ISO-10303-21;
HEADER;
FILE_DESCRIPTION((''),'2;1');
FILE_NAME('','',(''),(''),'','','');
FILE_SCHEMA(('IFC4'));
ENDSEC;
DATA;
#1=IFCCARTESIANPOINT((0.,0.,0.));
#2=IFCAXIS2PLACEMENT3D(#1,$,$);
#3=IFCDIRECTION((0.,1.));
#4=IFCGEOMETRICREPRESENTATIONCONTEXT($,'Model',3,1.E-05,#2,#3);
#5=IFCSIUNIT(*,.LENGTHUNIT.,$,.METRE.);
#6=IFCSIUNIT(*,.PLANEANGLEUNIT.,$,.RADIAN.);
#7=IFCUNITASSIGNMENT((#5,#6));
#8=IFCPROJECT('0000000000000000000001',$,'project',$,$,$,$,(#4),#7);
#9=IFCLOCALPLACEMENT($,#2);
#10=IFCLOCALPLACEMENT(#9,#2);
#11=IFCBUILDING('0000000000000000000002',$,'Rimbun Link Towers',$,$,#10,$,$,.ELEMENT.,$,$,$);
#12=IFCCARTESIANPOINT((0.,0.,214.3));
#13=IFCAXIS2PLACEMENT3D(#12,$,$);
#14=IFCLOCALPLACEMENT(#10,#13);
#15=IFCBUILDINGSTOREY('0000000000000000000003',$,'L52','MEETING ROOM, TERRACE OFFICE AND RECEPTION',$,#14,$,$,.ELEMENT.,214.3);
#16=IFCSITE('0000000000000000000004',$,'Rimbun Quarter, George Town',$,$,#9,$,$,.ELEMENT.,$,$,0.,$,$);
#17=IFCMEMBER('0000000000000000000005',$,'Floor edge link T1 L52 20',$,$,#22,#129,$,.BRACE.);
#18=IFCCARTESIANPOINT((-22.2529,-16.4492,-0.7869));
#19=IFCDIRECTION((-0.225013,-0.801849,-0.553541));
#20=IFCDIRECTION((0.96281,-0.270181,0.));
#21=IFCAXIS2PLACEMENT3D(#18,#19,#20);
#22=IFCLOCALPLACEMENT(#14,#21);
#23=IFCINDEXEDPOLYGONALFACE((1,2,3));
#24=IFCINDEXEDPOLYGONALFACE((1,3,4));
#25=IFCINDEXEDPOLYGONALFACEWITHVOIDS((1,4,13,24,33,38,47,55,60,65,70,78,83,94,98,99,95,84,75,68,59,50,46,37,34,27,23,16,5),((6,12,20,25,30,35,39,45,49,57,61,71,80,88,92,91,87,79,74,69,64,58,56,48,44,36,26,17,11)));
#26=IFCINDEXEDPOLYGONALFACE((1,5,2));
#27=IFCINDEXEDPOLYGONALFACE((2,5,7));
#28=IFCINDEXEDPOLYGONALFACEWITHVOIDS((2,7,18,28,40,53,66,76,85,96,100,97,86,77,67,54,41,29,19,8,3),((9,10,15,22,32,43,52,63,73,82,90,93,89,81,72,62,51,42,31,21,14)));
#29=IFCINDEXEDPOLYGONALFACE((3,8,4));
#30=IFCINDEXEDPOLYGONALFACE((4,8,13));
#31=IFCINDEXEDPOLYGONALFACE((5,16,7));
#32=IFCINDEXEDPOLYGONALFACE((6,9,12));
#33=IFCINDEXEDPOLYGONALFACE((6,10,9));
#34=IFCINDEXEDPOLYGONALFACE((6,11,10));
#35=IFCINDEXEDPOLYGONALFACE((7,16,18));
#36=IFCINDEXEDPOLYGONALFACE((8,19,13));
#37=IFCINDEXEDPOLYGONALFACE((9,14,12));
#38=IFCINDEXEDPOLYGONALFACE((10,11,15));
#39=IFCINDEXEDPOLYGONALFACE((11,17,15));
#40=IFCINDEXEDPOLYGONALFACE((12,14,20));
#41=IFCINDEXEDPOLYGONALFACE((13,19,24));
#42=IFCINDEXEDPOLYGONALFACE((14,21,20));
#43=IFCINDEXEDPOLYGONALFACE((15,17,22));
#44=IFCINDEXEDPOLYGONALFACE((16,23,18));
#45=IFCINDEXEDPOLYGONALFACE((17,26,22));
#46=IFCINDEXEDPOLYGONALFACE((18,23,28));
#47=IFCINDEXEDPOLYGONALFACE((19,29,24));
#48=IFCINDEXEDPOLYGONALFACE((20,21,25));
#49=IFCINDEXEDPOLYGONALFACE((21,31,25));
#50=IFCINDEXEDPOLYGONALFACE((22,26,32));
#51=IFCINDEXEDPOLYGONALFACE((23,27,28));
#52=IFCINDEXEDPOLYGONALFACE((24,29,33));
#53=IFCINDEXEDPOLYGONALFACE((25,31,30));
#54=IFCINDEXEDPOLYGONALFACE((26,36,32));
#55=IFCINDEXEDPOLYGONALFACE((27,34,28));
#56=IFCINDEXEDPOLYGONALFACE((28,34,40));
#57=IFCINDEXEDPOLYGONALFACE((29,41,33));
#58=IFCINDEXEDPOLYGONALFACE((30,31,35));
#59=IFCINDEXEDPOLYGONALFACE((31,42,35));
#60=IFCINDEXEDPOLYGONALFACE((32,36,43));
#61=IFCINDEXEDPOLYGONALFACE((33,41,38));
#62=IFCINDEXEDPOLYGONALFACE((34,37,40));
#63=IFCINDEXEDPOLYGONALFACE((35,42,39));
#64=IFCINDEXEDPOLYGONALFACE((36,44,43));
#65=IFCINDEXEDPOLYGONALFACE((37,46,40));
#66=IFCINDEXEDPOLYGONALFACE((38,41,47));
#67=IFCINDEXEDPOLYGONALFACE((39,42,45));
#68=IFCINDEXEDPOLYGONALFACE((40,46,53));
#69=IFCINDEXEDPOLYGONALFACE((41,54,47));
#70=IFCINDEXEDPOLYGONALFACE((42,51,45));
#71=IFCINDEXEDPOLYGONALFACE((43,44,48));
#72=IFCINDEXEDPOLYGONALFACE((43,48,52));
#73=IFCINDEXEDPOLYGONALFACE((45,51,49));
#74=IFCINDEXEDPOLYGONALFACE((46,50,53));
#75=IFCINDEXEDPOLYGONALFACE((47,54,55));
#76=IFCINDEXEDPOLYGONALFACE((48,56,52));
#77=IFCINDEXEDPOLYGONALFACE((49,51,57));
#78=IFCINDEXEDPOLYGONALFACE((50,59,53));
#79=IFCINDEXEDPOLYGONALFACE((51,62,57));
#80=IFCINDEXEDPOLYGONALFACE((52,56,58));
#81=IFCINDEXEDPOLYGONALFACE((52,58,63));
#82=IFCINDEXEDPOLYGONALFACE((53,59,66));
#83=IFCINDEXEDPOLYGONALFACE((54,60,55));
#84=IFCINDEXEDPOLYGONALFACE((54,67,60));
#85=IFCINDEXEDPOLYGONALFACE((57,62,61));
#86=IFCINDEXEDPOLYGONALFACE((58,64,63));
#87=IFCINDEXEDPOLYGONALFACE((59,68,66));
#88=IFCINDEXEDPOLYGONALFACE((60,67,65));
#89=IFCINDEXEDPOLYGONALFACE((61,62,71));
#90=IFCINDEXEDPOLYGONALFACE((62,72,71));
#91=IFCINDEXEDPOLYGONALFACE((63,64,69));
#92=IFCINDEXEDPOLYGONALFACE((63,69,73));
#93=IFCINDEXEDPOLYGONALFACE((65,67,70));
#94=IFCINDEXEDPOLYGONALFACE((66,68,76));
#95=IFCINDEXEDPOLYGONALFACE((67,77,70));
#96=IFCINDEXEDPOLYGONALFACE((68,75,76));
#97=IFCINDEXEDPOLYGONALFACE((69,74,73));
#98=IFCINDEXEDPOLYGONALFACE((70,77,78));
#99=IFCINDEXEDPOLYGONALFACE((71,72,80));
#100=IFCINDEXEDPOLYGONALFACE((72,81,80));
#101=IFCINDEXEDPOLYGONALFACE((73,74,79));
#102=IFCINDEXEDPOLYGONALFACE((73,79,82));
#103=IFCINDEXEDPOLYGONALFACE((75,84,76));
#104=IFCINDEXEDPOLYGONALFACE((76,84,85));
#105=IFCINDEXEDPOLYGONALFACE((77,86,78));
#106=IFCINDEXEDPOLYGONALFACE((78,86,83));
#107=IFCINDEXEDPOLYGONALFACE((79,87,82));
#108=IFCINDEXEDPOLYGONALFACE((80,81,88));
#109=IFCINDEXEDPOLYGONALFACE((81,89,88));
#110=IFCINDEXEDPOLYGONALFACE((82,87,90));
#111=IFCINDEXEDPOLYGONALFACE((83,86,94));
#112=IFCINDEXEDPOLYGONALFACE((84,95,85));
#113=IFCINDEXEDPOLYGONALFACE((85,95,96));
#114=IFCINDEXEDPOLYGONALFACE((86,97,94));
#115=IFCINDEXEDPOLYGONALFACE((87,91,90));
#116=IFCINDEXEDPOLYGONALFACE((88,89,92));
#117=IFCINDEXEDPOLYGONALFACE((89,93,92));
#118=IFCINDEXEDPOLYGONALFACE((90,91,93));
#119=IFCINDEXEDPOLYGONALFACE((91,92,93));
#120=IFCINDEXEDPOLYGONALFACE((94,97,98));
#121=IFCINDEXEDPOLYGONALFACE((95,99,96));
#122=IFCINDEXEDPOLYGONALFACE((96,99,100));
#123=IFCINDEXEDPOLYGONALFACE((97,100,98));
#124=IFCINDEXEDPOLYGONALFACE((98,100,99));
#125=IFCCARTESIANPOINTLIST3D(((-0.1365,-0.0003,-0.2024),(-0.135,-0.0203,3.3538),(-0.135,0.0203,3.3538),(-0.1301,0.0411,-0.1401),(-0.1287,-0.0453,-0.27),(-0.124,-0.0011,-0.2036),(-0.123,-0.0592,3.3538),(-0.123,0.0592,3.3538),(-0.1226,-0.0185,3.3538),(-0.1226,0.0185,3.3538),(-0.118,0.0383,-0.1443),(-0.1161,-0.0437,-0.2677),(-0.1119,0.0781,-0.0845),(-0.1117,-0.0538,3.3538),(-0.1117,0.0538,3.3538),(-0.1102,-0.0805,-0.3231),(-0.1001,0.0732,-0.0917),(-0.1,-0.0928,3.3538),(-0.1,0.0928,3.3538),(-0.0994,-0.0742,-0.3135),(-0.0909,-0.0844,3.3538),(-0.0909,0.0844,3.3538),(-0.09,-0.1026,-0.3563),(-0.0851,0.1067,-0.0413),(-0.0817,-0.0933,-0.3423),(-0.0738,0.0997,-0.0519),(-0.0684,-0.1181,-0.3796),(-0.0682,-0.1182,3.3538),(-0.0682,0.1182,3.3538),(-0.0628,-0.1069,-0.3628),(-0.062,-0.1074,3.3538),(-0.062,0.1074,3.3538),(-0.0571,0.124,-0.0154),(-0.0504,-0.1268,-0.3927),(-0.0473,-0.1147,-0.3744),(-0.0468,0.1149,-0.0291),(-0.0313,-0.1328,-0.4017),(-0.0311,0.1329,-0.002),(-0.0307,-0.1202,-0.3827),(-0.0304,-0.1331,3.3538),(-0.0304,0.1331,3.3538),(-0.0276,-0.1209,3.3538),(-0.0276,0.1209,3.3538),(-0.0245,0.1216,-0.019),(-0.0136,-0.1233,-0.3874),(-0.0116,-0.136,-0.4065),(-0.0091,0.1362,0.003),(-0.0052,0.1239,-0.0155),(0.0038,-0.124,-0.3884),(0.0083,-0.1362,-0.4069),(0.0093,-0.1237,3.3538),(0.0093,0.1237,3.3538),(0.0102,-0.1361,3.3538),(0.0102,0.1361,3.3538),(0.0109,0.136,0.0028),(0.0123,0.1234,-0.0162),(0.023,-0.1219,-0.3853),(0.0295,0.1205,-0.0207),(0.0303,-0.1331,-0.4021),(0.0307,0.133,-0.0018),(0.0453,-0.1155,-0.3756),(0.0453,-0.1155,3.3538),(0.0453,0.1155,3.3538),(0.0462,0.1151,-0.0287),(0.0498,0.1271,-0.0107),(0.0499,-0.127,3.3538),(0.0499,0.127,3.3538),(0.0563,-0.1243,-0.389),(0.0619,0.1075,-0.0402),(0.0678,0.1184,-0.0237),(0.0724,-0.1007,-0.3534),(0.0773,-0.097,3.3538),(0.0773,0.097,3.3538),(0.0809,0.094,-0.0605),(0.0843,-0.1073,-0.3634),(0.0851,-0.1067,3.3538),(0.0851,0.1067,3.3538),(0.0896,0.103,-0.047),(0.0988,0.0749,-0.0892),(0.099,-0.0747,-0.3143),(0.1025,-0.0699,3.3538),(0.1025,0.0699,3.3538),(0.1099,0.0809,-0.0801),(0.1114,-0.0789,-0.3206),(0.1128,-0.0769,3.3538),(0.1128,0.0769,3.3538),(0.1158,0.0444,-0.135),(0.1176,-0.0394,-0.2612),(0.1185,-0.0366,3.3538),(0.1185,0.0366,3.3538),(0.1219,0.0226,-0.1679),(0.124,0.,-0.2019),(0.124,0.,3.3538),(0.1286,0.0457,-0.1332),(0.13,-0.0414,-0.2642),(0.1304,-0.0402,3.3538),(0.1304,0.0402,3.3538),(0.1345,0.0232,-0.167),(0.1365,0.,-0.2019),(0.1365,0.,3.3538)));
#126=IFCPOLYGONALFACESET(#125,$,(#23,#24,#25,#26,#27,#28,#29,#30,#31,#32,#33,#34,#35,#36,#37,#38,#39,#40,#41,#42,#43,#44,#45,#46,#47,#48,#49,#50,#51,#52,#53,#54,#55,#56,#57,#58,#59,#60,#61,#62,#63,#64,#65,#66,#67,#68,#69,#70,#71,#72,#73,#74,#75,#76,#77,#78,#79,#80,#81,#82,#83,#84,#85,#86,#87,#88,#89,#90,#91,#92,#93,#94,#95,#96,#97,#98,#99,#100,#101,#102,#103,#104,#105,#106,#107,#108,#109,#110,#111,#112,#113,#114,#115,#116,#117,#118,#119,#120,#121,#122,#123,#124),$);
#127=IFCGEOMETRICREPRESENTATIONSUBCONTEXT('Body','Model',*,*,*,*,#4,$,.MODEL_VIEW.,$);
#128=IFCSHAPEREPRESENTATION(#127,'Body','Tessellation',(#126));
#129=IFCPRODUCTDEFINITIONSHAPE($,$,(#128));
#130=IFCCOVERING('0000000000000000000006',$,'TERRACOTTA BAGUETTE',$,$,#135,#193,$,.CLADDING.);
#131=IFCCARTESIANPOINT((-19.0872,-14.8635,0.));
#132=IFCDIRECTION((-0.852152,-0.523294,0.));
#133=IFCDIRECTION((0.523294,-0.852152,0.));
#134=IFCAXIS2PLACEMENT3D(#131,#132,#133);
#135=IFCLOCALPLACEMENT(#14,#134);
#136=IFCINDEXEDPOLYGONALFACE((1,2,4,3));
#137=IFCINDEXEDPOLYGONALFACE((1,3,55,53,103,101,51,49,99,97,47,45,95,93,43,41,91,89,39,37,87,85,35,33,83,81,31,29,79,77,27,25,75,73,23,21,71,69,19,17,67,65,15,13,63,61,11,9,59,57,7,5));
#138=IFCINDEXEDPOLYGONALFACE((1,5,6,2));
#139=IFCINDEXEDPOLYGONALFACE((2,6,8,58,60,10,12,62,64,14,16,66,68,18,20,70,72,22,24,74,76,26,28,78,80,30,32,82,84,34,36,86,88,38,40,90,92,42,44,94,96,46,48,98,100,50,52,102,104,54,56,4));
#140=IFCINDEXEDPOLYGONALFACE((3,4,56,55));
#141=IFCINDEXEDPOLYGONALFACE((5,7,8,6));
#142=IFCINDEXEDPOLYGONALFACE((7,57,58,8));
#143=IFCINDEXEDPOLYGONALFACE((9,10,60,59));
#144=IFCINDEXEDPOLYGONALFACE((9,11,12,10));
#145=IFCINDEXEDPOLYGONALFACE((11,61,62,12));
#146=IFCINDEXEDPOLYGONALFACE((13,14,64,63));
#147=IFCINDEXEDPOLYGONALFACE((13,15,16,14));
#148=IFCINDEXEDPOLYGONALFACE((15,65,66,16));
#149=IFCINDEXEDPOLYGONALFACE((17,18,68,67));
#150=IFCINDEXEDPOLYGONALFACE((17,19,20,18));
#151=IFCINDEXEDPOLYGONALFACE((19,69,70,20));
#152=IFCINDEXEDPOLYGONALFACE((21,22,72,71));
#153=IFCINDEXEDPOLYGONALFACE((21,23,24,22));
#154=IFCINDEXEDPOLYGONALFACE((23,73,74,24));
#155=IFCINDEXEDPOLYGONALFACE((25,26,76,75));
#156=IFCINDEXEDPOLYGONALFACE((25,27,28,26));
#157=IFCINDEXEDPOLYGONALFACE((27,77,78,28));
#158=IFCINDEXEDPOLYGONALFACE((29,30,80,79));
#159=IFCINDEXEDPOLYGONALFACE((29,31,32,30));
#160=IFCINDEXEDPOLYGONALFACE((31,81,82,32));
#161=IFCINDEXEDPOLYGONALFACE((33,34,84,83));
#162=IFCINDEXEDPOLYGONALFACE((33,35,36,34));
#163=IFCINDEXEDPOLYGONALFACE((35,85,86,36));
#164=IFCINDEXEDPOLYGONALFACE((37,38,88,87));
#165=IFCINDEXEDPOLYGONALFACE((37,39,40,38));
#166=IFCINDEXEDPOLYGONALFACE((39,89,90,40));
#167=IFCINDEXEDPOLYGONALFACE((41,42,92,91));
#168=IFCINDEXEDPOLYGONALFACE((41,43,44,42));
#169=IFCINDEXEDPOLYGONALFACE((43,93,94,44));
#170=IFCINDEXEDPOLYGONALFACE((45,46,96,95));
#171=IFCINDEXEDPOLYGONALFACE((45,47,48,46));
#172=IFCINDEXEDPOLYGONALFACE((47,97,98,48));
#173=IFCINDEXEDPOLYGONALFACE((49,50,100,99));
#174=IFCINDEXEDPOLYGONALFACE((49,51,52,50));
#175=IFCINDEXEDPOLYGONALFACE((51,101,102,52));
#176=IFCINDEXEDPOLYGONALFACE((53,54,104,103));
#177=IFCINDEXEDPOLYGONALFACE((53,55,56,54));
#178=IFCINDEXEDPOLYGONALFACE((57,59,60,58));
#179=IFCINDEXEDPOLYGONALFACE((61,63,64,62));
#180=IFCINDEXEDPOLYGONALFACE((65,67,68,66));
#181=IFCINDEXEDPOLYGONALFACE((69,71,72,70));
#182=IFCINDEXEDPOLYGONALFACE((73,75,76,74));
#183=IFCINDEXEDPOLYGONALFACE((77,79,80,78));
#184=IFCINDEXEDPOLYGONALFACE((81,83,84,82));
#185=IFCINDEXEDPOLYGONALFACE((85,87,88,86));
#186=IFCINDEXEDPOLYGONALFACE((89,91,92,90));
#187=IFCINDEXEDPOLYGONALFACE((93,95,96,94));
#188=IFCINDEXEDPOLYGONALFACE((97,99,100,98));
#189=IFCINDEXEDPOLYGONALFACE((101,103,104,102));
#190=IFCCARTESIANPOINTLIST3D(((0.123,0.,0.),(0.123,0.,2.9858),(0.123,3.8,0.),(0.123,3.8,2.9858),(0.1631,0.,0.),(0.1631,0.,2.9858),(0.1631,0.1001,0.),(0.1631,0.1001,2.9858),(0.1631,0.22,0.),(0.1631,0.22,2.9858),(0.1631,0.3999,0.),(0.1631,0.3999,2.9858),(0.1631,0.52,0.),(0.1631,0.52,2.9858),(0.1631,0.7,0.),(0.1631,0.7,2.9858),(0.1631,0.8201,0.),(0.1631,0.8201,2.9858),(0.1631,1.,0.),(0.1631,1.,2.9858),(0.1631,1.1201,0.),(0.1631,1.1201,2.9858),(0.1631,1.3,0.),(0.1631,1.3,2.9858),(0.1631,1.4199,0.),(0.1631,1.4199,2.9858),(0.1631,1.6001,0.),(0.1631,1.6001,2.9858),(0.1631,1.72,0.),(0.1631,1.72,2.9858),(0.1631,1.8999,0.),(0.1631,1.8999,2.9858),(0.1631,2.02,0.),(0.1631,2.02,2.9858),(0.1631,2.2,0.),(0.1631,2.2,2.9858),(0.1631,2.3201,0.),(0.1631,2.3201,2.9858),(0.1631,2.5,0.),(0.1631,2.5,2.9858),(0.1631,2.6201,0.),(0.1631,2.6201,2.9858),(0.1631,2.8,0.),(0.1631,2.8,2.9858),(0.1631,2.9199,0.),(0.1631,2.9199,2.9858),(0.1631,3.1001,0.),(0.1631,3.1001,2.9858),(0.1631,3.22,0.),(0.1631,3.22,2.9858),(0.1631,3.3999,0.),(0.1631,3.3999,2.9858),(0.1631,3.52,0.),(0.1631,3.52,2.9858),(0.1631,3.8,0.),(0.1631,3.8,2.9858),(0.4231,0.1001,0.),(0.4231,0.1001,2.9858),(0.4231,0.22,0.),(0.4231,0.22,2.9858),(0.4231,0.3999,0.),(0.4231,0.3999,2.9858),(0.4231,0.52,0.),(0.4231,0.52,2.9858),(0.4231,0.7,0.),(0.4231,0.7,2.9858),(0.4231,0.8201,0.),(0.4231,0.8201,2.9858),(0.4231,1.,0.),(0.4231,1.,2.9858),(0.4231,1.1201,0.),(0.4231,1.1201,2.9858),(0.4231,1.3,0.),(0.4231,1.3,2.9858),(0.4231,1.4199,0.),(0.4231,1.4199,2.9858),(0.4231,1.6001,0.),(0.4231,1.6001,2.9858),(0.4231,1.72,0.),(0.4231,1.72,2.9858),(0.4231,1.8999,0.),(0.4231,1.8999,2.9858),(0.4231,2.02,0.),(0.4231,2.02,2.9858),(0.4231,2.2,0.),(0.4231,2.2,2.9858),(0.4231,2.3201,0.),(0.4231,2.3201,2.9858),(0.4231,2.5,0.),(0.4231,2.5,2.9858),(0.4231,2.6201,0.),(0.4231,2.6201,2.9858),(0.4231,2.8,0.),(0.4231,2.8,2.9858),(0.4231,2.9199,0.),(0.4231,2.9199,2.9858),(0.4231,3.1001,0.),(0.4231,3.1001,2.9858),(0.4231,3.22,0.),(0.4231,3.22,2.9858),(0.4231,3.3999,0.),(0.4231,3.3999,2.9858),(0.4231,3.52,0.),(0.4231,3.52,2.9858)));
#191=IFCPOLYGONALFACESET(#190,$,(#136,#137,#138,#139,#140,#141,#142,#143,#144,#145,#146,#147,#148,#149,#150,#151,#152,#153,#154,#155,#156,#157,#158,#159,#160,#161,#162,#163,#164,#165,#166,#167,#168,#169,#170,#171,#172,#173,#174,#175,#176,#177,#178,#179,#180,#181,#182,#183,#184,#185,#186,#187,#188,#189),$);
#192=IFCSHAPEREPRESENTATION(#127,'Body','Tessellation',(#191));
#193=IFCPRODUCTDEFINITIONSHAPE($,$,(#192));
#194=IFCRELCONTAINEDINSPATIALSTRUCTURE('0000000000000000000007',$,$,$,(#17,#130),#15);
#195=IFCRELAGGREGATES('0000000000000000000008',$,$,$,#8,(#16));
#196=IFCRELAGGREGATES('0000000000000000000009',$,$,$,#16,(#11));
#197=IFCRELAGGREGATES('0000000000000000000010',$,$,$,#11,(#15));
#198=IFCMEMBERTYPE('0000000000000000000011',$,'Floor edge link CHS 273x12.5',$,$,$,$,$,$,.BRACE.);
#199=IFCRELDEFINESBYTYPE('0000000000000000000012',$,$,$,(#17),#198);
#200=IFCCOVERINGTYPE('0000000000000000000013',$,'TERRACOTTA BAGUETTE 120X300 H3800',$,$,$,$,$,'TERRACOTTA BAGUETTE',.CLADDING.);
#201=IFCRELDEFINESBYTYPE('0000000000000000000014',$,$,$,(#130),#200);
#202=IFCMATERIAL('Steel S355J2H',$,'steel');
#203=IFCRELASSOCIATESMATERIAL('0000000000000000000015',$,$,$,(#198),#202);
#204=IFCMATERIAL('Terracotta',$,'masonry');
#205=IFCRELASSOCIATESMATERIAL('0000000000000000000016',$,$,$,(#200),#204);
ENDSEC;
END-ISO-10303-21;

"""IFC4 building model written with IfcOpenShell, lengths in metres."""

from ifc_helpers import new_model, si_unit, direction, frame, origin, origin_2d, place, context, subcontext, project, spatial, polyline, hollow_circle, outline, extrude, clip, halfspace, material, material_profile, profile_set, type_object, element, save


model = new_model("IFC4")

# Units and contexts
model_context = context("Model", 3, precision=1e-05, world=origin(), true_north=direction((0.0, 1.0)))
body_context = subcontext(model_context, "Body", "Model", "MODEL_VIEW")
ifc_project = project(units=[si_unit("LENGTHUNIT", "METRE"), si_unit("PLANEANGLEUNIT", "RADIAN")], contexts=[model_context])

# Site, building, storey
site_placement = place(None, origin())
site = spatial("IfcSite", under=ifc_project, at=site_placement, Name="Rimbun Quarter, George Town", CompositionType="ELEMENT", RefElevation=0.0)
building_placement = place(site_placement, origin())
building = spatial("IfcBuilding", under=site, at=building_placement, Name="Rimbun Link Towers", CompositionType="ELEMENT")
storey_placement = place(building_placement, frame((0.0, 0.0, 214.3)))
storey = spatial("IfcBuildingStorey", under=building, at=storey_placement, Name="L52", Description="MEETING ROOM, TERRACE OFFICE AND RECEPTION", CompositionType="ELEMENT", Elevation=214.3)

# Member
ifc_material_1 = material(Name="Steel S355J2H", Category="steel")
ifc_material_profile_1 = material_profile(ifc_material_1, hollow_circle(Radius=0.1365, WallThickness=0.0125, at=origin_2d()), Name="CHS 273x12.5")
ifc_profile_set_1 = profile_set([ifc_material_profile_1], Name="Steel S355J2H")
member_type_1 = type_object("IfcMemberType", Name="Floor edge link CHS 273x12.5", PredefinedType="BRACE", material=ifc_profile_set_1)
member_1_placement = place(storey_placement, frame((-22.2529, -16.4492, -0.7869), z_axis=(-0.225013, -0.801849, -0.553541), x_axis=(0.96281, -0.270181, 0.0)))
element("IfcMember", 1, at=member_1_placement, inside=storey, type_object=member_type_1, Name="Floor edge link T1 L52 20", PredefinedType="BRACE", context=body_context, shape_type="Clipping", body=[
    clip(extrude(hollow_circle(Radius=0.1365, WallThickness=0.0125, at=origin_2d()), frame((0.0, 0.0, -0.4287)), (0.0, 0.0, 1.0), 3.7825), halfspace(frame((0.0, 0.0, -0.2019), z_axis=(0.0, 0.832822, -0.553541)), False)),
])

# Covering
ifc_material_2 = material(Name="Terracotta", Category="masonry")
ifc_material_profile_2 = material_profile(ifc_material_2, outline(polyline([(0.123, 0.0), (0.1631, 0.0), (0.1631, 0.1001), (0.4231, 0.1001), (0.4231, 0.22), (0.1631, 0.22), (0.1631, 0.3999), (0.4231, 0.3999), (0.4231, 0.52), (0.1631, 0.52), (0.1631, 0.7), (0.4231, 0.7), (0.4231, 0.8201), (0.1631, 0.8201), (0.1631, 1.0), (0.4231, 1.0), (0.4231, 1.1201), (0.1631, 1.1201), (0.1631, 1.3), (0.4231, 1.3), (0.4231, 1.4199), (0.1631, 1.4199), (0.1631, 1.6001), (0.4231, 1.6001), (0.4231, 1.72), (0.1631, 1.72), (0.1631, 1.8999), (0.4231, 1.8999), (0.4231, 2.02), (0.1631, 2.02), (0.1631, 2.2), (0.4231, 2.2), (0.4231, 2.3201), (0.1631, 2.3201), (0.1631, 2.5), (0.4231, 2.5), (0.4231, 2.6201), (0.1631, 2.6201), (0.1631, 2.8), (0.4231, 2.8), (0.4231, 2.9199), (0.1631, 2.9199), (0.1631, 3.1001), (0.4231, 3.1001), (0.4231, 3.22), (0.1631, 3.22), (0.1631, 3.3999), (0.4231, 3.3999), (0.4231, 3.52), (0.1631, 3.52), (0.1631, 3.8), (0.123, 3.8), (0.123, 0.0)])), Name="BAGUETTE 120X300")
ifc_profile_set_2 = profile_set([ifc_material_profile_2], Name="Terracotta")
covering_type = type_object("IfcCoveringType", Name="TERRACOTTA BAGUETTE 120X300 H3800", ElementType="TERRACOTTA BAGUETTE", PredefinedType="CLADDING", material=ifc_profile_set_2)
covering_placement = place(storey_placement, frame((-19.0872, -14.8635, 0.0), z_axis=(-0.852152, -0.523294, 0.0), x_axis=(0.523294, -0.852152, 0.0)))
element("IfcCovering", 2, at=covering_placement, inside=storey, type_object=covering_type, Name="TERRACOTTA BAGUETTE", PredefinedType="CLADDING", context=body_context, shape_type="SweptSolid", body=[
    extrude(outline(polyline([(0.123, 0.0), (0.1631, 0.0), (0.1631, 0.1001), (0.4231, 0.1001), (0.4231, 0.22), (0.1631, 0.22), (0.1631, 0.3999), (0.4231, 0.3999), (0.4231, 0.52), (0.1631, 0.52), (0.1631, 0.7), (0.4231, 0.7), (0.4231, 0.8201), (0.1631, 0.8201), (0.1631, 1.0), (0.4231, 1.0), (0.4231, 1.1201), (0.1631, 1.1201), (0.1631, 1.3), (0.4231, 1.3), (0.4231, 1.4199), (0.1631, 1.4199), (0.1631, 1.6001), (0.4231, 1.6001), (0.4231, 1.72), (0.1631, 1.72), (0.1631, 1.8999), (0.4231, 1.8999), (0.4231, 2.02), (0.1631, 2.02), (0.1631, 2.2), (0.4231, 2.2), (0.4231, 2.3201), (0.1631, 2.3201), (0.1631, 2.5), (0.4231, 2.5), (0.4231, 2.6201), (0.1631, 2.6201), (0.1631, 2.8), (0.4231, 2.8), (0.4231, 2.9199), (0.1631, 2.9199), (0.1631, 3.1001), (0.4231, 3.1001), (0.4231, 3.22), (0.1631, 3.22), (0.1631, 3.3999), (0.4231, 3.3999), (0.4231, 3.52), (0.1631, 3.52), (0.1631, 3.8), (0.123, 3.8), (0.123, 0.0)])), origin(), (0.0, 0.0, 1.0), 2.9858),
])

save(model, "model.ifc")
